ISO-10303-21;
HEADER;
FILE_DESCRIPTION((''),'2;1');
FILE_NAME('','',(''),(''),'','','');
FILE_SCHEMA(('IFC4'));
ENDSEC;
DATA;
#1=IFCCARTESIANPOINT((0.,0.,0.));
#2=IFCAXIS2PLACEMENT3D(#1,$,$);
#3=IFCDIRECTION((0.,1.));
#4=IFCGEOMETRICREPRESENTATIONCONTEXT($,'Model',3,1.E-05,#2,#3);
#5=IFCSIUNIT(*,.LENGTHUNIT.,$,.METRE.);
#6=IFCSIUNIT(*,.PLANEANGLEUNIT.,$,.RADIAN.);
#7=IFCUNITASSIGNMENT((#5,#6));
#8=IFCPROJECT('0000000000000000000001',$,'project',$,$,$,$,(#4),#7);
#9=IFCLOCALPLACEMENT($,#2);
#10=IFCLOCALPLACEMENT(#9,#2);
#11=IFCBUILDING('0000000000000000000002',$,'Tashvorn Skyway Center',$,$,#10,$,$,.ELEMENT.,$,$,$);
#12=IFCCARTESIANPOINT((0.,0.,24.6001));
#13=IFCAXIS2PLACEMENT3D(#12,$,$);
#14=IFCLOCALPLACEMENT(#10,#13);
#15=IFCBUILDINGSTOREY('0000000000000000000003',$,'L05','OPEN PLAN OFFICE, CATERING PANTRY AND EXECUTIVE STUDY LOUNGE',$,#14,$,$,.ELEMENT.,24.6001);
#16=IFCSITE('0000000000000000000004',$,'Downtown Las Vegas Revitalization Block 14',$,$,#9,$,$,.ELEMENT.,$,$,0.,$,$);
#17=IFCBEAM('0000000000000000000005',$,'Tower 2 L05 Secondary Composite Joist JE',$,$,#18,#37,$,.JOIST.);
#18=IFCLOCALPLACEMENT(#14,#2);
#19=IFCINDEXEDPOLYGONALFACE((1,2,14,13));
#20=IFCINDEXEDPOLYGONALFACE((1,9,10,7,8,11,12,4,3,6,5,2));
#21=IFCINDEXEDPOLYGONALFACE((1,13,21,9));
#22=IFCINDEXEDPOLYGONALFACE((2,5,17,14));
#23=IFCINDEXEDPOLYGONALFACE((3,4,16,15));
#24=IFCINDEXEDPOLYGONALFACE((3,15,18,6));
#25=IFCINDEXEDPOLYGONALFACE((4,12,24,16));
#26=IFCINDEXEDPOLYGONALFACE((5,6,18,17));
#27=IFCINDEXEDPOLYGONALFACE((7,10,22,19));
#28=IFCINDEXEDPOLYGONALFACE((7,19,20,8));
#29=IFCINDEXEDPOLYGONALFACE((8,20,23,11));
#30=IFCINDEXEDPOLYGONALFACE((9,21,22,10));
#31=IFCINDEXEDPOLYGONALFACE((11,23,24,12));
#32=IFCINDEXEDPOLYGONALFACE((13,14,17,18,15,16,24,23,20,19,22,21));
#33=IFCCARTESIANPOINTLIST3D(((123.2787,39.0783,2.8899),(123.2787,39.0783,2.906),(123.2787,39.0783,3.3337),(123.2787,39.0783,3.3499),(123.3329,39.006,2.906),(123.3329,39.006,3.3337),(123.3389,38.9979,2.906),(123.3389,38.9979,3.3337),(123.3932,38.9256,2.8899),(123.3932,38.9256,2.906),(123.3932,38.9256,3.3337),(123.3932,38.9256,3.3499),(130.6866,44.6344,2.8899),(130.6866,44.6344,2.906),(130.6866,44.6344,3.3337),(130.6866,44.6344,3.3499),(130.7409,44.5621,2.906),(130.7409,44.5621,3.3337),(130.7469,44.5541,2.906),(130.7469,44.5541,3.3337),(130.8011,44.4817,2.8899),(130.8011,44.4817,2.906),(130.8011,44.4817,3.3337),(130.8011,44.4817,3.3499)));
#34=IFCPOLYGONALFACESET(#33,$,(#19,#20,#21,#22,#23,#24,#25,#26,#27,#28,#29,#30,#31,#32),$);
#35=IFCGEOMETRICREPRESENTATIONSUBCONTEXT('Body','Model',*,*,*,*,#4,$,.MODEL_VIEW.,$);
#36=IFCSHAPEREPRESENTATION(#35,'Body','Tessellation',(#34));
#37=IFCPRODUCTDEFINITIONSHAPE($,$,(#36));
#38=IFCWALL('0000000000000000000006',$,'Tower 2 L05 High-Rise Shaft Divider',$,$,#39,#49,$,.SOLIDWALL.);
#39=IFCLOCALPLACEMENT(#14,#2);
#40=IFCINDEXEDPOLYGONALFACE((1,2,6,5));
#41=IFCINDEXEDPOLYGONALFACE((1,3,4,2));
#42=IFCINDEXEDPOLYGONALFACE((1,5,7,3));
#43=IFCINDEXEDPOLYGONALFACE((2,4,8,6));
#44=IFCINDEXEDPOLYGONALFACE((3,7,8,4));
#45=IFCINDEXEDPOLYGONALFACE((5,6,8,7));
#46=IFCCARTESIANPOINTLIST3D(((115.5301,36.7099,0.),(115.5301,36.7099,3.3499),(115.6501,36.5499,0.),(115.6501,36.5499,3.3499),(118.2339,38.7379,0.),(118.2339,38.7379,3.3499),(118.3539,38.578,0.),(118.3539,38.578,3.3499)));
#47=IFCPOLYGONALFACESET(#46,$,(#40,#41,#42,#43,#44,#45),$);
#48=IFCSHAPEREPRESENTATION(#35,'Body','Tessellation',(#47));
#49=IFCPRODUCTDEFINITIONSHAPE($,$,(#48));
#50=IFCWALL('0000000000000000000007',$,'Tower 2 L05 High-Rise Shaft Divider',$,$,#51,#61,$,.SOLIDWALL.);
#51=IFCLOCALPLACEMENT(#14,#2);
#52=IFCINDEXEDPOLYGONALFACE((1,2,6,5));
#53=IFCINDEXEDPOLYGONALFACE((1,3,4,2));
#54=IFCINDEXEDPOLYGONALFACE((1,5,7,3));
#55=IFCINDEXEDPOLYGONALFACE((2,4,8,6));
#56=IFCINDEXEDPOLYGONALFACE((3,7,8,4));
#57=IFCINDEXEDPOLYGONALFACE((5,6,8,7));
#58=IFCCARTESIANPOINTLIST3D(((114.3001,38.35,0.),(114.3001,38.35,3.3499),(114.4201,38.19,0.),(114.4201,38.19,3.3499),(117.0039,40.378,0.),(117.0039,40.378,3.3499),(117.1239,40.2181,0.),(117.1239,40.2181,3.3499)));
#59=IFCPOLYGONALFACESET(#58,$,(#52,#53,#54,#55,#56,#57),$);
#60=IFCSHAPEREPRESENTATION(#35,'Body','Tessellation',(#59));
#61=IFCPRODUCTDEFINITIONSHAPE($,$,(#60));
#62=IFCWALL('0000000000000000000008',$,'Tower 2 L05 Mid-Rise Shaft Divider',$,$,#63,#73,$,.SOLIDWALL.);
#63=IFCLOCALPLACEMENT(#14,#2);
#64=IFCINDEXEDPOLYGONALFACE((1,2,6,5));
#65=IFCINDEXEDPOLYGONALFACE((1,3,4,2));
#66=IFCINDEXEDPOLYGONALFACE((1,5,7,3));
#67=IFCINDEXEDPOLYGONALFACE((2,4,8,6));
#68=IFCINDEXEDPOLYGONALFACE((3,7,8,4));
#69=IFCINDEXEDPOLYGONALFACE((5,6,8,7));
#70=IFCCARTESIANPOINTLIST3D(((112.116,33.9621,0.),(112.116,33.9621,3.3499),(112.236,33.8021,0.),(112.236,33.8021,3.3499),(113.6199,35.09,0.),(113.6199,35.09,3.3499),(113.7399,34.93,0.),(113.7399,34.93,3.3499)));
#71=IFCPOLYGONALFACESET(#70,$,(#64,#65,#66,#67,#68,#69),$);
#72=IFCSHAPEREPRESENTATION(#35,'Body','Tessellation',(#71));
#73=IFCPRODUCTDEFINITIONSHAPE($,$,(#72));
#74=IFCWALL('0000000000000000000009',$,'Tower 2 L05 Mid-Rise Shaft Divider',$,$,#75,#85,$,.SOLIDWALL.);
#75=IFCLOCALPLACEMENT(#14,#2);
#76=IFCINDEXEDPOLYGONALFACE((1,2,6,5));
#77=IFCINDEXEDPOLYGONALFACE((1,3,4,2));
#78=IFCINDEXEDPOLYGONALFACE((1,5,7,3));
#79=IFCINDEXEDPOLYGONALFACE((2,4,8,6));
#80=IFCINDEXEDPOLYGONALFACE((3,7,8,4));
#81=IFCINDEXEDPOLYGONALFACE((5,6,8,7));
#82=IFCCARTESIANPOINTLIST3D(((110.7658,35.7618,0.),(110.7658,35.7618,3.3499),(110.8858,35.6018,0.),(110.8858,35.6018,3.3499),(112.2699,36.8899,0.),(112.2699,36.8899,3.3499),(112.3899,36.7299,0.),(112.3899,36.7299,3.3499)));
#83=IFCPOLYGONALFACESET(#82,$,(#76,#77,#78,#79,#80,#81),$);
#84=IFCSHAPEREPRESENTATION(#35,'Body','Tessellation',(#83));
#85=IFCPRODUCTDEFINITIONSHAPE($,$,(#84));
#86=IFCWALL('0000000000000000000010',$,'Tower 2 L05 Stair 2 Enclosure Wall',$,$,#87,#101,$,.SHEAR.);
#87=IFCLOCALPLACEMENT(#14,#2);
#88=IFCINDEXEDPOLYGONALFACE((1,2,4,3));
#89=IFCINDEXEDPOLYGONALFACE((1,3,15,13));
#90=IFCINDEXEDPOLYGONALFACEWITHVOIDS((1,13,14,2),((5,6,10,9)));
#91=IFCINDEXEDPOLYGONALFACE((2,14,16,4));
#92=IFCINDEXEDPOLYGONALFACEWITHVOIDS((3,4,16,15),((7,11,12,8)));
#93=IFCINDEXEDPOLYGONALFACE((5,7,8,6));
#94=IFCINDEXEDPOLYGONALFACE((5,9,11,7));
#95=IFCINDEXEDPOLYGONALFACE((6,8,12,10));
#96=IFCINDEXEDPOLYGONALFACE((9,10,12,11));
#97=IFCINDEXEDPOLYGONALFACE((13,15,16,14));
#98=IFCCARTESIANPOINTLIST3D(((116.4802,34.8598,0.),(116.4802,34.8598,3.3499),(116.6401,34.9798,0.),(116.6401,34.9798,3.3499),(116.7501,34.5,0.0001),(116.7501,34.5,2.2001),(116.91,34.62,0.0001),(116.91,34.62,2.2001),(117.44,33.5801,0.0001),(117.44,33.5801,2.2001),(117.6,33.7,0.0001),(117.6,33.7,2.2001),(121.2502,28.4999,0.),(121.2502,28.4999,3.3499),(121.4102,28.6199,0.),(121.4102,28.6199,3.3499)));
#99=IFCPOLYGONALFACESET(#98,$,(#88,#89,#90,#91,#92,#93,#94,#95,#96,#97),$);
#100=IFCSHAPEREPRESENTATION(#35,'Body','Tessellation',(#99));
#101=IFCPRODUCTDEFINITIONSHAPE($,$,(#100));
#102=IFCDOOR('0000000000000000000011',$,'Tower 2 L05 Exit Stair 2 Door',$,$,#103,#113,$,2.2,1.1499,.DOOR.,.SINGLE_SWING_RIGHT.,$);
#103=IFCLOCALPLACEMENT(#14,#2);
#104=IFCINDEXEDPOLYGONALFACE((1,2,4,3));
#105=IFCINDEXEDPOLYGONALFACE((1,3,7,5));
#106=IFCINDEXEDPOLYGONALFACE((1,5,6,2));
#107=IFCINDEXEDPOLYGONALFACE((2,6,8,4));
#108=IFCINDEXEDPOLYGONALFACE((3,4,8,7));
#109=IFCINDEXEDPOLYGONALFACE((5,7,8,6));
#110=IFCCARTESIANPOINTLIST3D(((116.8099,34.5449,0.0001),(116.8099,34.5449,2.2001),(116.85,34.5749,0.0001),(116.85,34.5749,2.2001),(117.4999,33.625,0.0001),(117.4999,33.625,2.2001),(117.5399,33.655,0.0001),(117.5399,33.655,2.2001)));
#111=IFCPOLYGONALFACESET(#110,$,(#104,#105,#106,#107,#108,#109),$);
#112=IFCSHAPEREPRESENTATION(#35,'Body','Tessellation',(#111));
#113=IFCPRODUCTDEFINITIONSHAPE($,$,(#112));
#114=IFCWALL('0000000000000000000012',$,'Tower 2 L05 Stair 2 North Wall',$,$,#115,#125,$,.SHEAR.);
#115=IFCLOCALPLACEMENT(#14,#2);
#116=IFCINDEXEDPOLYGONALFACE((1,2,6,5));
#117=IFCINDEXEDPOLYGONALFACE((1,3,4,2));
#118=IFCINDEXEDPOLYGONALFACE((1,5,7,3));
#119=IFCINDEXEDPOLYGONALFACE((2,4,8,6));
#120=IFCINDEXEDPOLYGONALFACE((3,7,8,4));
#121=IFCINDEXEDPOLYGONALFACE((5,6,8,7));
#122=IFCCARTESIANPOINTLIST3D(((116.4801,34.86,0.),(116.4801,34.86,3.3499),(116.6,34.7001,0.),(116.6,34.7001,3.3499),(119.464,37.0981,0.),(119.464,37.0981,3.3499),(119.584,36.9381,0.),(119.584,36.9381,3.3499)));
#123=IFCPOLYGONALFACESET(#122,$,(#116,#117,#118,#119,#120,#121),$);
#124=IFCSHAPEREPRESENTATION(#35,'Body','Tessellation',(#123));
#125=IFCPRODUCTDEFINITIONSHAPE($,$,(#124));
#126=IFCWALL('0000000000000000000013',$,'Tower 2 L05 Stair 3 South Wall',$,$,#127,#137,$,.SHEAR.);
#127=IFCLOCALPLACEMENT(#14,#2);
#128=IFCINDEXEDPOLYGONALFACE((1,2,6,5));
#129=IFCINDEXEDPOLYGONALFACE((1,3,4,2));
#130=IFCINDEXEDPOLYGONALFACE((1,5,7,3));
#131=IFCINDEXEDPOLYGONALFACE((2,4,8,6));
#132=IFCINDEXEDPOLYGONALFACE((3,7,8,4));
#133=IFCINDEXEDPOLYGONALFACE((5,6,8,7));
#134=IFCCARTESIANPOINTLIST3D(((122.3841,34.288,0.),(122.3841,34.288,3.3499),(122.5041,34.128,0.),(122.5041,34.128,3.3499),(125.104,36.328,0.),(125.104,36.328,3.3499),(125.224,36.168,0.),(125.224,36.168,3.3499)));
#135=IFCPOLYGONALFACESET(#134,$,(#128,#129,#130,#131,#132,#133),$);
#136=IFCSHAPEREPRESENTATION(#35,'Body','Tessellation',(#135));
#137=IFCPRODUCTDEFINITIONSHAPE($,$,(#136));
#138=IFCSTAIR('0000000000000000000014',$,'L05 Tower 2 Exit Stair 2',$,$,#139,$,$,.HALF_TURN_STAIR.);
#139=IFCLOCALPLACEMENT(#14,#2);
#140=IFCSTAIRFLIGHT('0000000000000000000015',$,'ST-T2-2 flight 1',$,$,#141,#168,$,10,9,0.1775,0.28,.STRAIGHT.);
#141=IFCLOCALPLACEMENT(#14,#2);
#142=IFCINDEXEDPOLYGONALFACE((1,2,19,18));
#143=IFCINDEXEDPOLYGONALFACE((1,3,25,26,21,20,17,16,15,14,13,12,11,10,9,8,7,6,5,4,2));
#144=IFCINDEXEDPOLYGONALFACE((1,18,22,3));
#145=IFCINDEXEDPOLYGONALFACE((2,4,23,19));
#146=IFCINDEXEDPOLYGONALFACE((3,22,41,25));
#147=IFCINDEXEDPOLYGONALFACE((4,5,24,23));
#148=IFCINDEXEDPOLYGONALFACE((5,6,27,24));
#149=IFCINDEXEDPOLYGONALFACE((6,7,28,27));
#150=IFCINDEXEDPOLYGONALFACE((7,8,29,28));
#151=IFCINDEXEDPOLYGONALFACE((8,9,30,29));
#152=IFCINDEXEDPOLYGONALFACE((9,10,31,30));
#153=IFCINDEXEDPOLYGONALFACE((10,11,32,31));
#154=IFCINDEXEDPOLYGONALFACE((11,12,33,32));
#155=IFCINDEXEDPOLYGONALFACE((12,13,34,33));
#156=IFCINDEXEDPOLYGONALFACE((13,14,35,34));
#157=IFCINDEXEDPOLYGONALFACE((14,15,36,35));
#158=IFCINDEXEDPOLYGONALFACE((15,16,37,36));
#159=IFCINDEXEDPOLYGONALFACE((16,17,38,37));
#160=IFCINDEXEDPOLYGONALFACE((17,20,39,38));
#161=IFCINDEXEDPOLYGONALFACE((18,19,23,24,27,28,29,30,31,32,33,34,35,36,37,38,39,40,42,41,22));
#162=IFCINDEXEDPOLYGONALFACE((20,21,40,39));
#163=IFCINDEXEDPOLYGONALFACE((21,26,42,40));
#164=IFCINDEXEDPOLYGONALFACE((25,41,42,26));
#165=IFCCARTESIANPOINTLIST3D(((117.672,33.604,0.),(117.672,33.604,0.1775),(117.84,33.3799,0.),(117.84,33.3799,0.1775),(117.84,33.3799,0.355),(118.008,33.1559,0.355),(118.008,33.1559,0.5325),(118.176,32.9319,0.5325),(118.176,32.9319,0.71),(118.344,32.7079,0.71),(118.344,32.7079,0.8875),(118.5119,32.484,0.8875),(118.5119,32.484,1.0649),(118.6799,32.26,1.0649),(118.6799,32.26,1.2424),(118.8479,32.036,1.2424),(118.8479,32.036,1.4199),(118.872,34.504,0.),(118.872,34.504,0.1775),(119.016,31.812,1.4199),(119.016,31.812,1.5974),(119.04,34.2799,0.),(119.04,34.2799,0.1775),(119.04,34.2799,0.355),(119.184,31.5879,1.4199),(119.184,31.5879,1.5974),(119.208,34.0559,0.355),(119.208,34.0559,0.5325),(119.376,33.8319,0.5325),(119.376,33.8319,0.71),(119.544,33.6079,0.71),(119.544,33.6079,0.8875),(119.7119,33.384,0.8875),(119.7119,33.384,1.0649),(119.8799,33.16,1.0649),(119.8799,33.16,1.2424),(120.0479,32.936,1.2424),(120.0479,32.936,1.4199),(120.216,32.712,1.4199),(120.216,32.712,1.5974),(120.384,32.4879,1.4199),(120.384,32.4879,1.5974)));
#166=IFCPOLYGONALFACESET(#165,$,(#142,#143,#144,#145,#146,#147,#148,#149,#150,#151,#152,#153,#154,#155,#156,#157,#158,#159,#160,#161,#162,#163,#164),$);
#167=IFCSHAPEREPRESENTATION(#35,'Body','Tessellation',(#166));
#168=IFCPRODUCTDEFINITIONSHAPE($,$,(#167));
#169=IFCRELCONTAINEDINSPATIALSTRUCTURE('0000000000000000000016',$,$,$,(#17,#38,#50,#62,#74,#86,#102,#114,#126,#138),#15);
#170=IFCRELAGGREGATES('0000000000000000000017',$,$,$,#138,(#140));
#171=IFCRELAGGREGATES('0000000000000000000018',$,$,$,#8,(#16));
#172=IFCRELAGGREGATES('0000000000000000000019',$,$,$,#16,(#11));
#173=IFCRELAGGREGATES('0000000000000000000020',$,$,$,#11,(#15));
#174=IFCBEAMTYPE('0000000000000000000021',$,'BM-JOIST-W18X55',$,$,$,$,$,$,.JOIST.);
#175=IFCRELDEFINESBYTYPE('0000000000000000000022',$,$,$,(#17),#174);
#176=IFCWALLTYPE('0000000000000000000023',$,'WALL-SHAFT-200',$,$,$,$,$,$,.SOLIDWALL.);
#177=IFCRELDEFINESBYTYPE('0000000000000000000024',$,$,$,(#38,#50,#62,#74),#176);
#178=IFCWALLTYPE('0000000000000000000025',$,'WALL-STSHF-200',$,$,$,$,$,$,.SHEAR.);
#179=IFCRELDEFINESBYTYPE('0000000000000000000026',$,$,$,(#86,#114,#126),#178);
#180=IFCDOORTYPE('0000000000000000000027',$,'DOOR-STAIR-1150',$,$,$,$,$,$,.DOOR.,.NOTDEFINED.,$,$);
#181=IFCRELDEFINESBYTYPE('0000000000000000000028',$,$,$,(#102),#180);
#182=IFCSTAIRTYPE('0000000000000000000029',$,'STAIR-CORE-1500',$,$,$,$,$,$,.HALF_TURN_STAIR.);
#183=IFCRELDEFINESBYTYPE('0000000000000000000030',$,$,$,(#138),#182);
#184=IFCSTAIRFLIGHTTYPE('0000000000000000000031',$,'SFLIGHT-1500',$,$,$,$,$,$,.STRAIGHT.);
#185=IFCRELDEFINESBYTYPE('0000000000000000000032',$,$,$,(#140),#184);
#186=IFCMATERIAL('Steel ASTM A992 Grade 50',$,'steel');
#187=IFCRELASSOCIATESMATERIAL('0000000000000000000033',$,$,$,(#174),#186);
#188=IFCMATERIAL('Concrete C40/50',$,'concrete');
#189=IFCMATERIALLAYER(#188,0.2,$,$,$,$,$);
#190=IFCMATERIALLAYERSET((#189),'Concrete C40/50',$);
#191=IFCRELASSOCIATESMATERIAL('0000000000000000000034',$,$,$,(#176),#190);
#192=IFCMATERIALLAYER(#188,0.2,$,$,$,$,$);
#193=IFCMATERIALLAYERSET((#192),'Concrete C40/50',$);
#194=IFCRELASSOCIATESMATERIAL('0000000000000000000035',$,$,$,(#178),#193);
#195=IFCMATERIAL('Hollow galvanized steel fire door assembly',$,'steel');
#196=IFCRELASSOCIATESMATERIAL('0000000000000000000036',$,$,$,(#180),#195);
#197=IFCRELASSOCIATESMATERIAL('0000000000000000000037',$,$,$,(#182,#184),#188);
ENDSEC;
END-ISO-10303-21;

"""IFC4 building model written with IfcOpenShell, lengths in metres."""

from ifc_helpers import new_model, si_unit, direction, frame, frame_2d, origin, origin_2d, place, context, subcontext, project, spatial, polyline, rectangle, i_section, outline, extrude, material, layer, layer_set, material_profile, profile_set, type_object, element, fill, aggregate, save


model = new_model("IFC4")

# Units and contexts
model_context = context("Model", 3, precision=1e-05, world=origin(), true_north=direction((0.0, 1.0)))
body_context = subcontext(model_context, "Body", "Model", "MODEL_VIEW")
ifc_project = project(units=[si_unit("LENGTHUNIT", "METRE"), si_unit("PLANEANGLEUNIT", "RADIAN")], contexts=[model_context])

# Site, building, storey
site_placement = place(None, origin())
site = spatial("IfcSite", under=ifc_project, at=site_placement, Name="Downtown Las Vegas Revitalization Block 14", CompositionType="ELEMENT", RefElevation=0.0)
building_placement = place(site_placement, origin())
building = spatial("IfcBuilding", under=site, at=building_placement, Name="Tashvorn Skyway Center", CompositionType="ELEMENT")
storey_placement = place(building_placement, frame((0.0, 0.0, 24.6001)))
storey = spatial("IfcBuildingStorey", under=building, at=storey_placement, Name="L05", Description="OPEN PLAN OFFICE, CATERING PANTRY AND EXECUTIVE STUDY LOUNGE", CompositionType="ELEMENT", Elevation=24.6001)

# Beam
ifc_material_1 = material(Name="Steel ASTM A992 Grade 50", Category="steel")
ifc_material_profile = material_profile(ifc_material_1, i_section(OverallWidth=0.1909, OverallDepth=0.46, WebThickness=0.01, FlangeThickness=0.0161, at=origin_2d()), Name="W18X55")
ifc_profile_set = profile_set([ifc_material_profile], Name="Steel ASTM A992 Grade 50")
beam_type = type_object("IfcBeamType", Name="BM-JOIST-W18X55", PredefinedType="JOIST", material=ifc_profile_set)
beam_placement = place(storey_placement, frame((123.3359, 39.002, 3.1199), z_axis=(0.799991, 0.600013, 0.0), x_axis=(-0.600013, 0.799991, 0.0)))
element("IfcBeam", 1, at=beam_placement, inside=storey, type_object=beam_type, Name="Tower 2 L05 Secondary Composite Joist JE", PredefinedType="JOIST", context=body_context, shape_type="SweptSolid", body=[
    extrude(i_section(OverallWidth=0.1909, OverallDepth=0.46, WebThickness=0.01, FlangeThickness=0.0161, at=origin_2d()), origin(), (0.0, 0.0, 1.0), 9.26),
])

# Walls
ifc_material_2 = material(Name="Concrete C40/50", Category="concrete")
ifc_layer_1 = layer(ifc_material_2, 0.2)
ifc_layer_set_1 = layer_set([ifc_layer_1], Name="Concrete C40/50")
wall_type_1 = type_object("IfcWallType", Name="WALL-SHAFT-200", PredefinedType="SOLIDWALL", material=ifc_layer_set_1)
for number, where, z_axis, x_axis, name in (
    (2, (115.5901, 36.6299, 0.0), (0.0, 0.0, 1.0), (0.799974, 0.600035, 0.0), "Tower 2 L05 High-Rise Shaft Divider"),
    (3, (114.3601, 38.27, 0.0), (0.0, 0.0, 1.0), (0.799974, 0.600035, 0.0), "Tower 2 L05 High-Rise Shaft Divider"),
):
    element("IfcWall", number, at=place(storey_placement, frame(where, z_axis=z_axis, x_axis=x_axis)), inside=storey, type_object=wall_type_1, Name=name, PredefinedType="SOLIDWALL", context=body_context, shape_type="SweptSolid", body=[
        extrude(rectangle(XDim=3.3799, YDim=0.2, at=frame_2d((1.6899, 0.0))), origin(), (0.0, 0.0, 1.0), 3.3499),
    ])
wall_1_placement = place(storey_placement, frame((112.176, 33.8821, 0.0), z_axis=(0.0, 0.0, 1.0), x_axis=(0.8, 0.6, 0.0)))
element("IfcWall", 4, at=wall_1_placement, inside=storey, type_object=wall_type_1, Name="Tower 2 L05 Mid-Rise Shaft Divider", PredefinedType="SOLIDWALL", context=body_context, shape_type="SweptSolid", body=[
    extrude(rectangle(XDim=1.8799, YDim=0.2, at=frame_2d((0.9399, 0.0))), origin(), (0.0, 0.0, 1.0), 3.3499),
])
wall_2_placement = place(storey_placement, frame((110.8259, 35.6819, 0.0), z_axis=(0.0, 0.0, 1.0), x_axis=(0.799984, 0.600021, 0.0)))
element("IfcWall", 5, at=wall_2_placement, inside=storey, type_object=wall_type_1, Name="Tower 2 L05 Mid-Rise Shaft Divider", PredefinedType="SOLIDWALL", context=body_context, shape_type="SweptSolid", body=[
    extrude(rectangle(XDim=1.8801, YDim=0.2, at=frame_2d((0.9399, 0.0))), origin(), (0.0, 0.0, 1.0), 3.3499),
])

# Wall, opening, door
ifc_layer_2 = layer(ifc_material_2, 0.2)
ifc_layer_set_2 = layer_set([ifc_layer_2], Name="Concrete C40/50")
wall_type_2 = type_object("IfcWallType", Name="WALL-STSHF-200", PredefinedType="SHEAR", material=ifc_layer_set_2)
wall_3_placement = place(storey_placement, frame((116.5601, 34.9199, 0.0), z_axis=(0.0, 0.0, 1.0), x_axis=(0.60001, -0.799993, 0.0)))
wall_3 = element("IfcWall", 6, at=wall_3_placement, inside=storey, type_object=wall_type_2, Name="Tower 2 L05 Stair 2 Enclosure Wall", PredefinedType="SHEAR", context=body_context, shape_type="SweptSolid", body=[
    extrude(rectangle(XDim=7.95, YDim=0.2, at=frame_2d((3.9751, 0.0))), origin(), (0.0, 0.0, 1.0), 3.3499),
])
opening_placement = place(wall_3_placement, frame((0.45, 0.0, 0.0)))
opening = element("IfcOpeningElement", 7, at=opening_placement, cuts=wall_3, PredefinedType="OPENING", context=body_context, shape_type="SweptSolid", body=[
    extrude(rectangle(XDim=1.1499, YDim=2.2, at=frame_2d((0.575, 1.1001))), frame((0.0, 0.1099, 0.0), z_axis=(0.0, -1.0, 0.0), x_axis=(1.0, 0.0, 0.0)), (0.0, 0.0, 1.0), 0.22),
])
ifc_material_3 = material(Name="Hollow galvanized steel fire door assembly", Category="steel")
door_type = type_object("IfcDoorType", Name="DOOR-STAIR-1150", OperationType="NOTDEFINED", PredefinedType="DOOR", material=ifc_material_3)
door_placement = place(opening_placement, origin())
door = element("IfcDoor", 8, at=door_placement, inside=storey, type_object=door_type, Name="Tower 2 L05 Exit Stair 2 Door", OperationType="SINGLE_SWING_RIGHT", OverallHeight=2.2, OverallWidth=1.1499, PredefinedType="DOOR", context=body_context, shape_type="SweptSolid", body=[
    extrude(rectangle(XDim=1.1499, YDim=2.2, at=frame_2d((0.575, 1.1001))), frame((0.0, 0.0249, 0.0), z_axis=(0.0, -1.0, 0.0), x_axis=(1.0, 0.0, 0.0)), (0.0, 0.0, 1.0), 0.05),
])
fill(opening, door)

# Walls
wall_4_placement = place(storey_placement, frame((116.54, 34.78, 0.0), z_axis=(0.0, 0.0, 1.0), x_axis=(0.799984, 0.600021, 0.0)))
element("IfcWall", 9, at=wall_4_placement, inside=storey, type_object=wall_type_2, Name="Tower 2 L05 Stair 2 North Wall", PredefinedType="SHEAR", context=body_context, shape_type="SweptSolid", body=[
    extrude(rectangle(XDim=3.73, YDim=0.2, at=frame_2d((1.865, 0.0))), origin(), (0.0, 0.0, 1.0), 3.3499),
])
wall_5_placement = place(storey_placement, frame((122.4441, 34.208, 0.0), z_axis=(0.0, 0.0, 1.0), x_axis=(0.799991, 0.600011, 0.0)))
element("IfcWall", 10, at=wall_5_placement, inside=storey, type_object=wall_type_2, Name="Tower 2 L05 Stair 3 South Wall", PredefinedType="SHEAR", context=body_context, shape_type="SweptSolid", body=[
    extrude(rectangle(XDim=3.3999, YDim=0.2, at=frame_2d((1.7, 0.0))), origin(), (0.0, 0.0, 1.0), 3.3499),
])

# Stair, stair flight
stair_type = type_object("IfcStairType", Name="STAIR-CORE-1500", PredefinedType="HALF_TURN_STAIR", material=ifc_material_2)
stair_1_placement = place(storey_placement, origin())
stair_1 = element("IfcStair", 11, at=stair_1_placement, inside=storey, type_object=stair_type, Name="L05 Tower 2 Exit Stair 2", PredefinedType="HALF_TURN_STAIR")
stair_flight_type = type_object("IfcStairFlightType", Name="SFLIGHT-1500", PredefinedType="STRAIGHT", material=ifc_material_2)
stair_flight_1_placement = place(storey_placement, frame((118.272, 34.054, 0.0), z_axis=(0.0, 0.0, 1.0), x_axis=(0.6, -0.8, 0.0)))
stair_flight_1 = element("IfcStairFlight", 12, at=stair_flight_1_placement, type_object=stair_flight_type, Name="ST-T2-2 flight 1", NumberOfRisers=10, NumberOfTreads=9, PredefinedType="STRAIGHT", RiserHeight=0.1775, TreadLength=0.28, context=body_context, shape_type="SweptSolid", body=[
    extrude(outline(polyline([(0.0, 0.0), (0.0, 0.1775), (0.28, 0.1775), (0.28, 0.355), (0.5601, 0.355), (0.5601, 0.5325), (0.8401, 0.5325), (0.8401, 0.71), (1.1201, 0.71), (1.1201, 0.8875), (1.3999, 0.8875), (1.3999, 1.0649), (1.6799, 1.0649), (1.6799, 1.2424), (1.96, 1.2424), (1.96, 1.4199), (2.24, 1.4199), (2.24, 1.5974), (2.52, 1.5974), (2.52, 1.7749), (2.52, 1.4199), (0.28, 0.0), (0.0, 0.0)])), frame((0.0, 0.75, 0.0), z_axis=(0.0, -1.0, 0.0), x_axis=(1.0, 0.0, 0.0)), (0.0, 0.0, 1.0), 1.5),
])
aggregate(stair_1, [stair_flight_1])

save(model, "model.ifc")
